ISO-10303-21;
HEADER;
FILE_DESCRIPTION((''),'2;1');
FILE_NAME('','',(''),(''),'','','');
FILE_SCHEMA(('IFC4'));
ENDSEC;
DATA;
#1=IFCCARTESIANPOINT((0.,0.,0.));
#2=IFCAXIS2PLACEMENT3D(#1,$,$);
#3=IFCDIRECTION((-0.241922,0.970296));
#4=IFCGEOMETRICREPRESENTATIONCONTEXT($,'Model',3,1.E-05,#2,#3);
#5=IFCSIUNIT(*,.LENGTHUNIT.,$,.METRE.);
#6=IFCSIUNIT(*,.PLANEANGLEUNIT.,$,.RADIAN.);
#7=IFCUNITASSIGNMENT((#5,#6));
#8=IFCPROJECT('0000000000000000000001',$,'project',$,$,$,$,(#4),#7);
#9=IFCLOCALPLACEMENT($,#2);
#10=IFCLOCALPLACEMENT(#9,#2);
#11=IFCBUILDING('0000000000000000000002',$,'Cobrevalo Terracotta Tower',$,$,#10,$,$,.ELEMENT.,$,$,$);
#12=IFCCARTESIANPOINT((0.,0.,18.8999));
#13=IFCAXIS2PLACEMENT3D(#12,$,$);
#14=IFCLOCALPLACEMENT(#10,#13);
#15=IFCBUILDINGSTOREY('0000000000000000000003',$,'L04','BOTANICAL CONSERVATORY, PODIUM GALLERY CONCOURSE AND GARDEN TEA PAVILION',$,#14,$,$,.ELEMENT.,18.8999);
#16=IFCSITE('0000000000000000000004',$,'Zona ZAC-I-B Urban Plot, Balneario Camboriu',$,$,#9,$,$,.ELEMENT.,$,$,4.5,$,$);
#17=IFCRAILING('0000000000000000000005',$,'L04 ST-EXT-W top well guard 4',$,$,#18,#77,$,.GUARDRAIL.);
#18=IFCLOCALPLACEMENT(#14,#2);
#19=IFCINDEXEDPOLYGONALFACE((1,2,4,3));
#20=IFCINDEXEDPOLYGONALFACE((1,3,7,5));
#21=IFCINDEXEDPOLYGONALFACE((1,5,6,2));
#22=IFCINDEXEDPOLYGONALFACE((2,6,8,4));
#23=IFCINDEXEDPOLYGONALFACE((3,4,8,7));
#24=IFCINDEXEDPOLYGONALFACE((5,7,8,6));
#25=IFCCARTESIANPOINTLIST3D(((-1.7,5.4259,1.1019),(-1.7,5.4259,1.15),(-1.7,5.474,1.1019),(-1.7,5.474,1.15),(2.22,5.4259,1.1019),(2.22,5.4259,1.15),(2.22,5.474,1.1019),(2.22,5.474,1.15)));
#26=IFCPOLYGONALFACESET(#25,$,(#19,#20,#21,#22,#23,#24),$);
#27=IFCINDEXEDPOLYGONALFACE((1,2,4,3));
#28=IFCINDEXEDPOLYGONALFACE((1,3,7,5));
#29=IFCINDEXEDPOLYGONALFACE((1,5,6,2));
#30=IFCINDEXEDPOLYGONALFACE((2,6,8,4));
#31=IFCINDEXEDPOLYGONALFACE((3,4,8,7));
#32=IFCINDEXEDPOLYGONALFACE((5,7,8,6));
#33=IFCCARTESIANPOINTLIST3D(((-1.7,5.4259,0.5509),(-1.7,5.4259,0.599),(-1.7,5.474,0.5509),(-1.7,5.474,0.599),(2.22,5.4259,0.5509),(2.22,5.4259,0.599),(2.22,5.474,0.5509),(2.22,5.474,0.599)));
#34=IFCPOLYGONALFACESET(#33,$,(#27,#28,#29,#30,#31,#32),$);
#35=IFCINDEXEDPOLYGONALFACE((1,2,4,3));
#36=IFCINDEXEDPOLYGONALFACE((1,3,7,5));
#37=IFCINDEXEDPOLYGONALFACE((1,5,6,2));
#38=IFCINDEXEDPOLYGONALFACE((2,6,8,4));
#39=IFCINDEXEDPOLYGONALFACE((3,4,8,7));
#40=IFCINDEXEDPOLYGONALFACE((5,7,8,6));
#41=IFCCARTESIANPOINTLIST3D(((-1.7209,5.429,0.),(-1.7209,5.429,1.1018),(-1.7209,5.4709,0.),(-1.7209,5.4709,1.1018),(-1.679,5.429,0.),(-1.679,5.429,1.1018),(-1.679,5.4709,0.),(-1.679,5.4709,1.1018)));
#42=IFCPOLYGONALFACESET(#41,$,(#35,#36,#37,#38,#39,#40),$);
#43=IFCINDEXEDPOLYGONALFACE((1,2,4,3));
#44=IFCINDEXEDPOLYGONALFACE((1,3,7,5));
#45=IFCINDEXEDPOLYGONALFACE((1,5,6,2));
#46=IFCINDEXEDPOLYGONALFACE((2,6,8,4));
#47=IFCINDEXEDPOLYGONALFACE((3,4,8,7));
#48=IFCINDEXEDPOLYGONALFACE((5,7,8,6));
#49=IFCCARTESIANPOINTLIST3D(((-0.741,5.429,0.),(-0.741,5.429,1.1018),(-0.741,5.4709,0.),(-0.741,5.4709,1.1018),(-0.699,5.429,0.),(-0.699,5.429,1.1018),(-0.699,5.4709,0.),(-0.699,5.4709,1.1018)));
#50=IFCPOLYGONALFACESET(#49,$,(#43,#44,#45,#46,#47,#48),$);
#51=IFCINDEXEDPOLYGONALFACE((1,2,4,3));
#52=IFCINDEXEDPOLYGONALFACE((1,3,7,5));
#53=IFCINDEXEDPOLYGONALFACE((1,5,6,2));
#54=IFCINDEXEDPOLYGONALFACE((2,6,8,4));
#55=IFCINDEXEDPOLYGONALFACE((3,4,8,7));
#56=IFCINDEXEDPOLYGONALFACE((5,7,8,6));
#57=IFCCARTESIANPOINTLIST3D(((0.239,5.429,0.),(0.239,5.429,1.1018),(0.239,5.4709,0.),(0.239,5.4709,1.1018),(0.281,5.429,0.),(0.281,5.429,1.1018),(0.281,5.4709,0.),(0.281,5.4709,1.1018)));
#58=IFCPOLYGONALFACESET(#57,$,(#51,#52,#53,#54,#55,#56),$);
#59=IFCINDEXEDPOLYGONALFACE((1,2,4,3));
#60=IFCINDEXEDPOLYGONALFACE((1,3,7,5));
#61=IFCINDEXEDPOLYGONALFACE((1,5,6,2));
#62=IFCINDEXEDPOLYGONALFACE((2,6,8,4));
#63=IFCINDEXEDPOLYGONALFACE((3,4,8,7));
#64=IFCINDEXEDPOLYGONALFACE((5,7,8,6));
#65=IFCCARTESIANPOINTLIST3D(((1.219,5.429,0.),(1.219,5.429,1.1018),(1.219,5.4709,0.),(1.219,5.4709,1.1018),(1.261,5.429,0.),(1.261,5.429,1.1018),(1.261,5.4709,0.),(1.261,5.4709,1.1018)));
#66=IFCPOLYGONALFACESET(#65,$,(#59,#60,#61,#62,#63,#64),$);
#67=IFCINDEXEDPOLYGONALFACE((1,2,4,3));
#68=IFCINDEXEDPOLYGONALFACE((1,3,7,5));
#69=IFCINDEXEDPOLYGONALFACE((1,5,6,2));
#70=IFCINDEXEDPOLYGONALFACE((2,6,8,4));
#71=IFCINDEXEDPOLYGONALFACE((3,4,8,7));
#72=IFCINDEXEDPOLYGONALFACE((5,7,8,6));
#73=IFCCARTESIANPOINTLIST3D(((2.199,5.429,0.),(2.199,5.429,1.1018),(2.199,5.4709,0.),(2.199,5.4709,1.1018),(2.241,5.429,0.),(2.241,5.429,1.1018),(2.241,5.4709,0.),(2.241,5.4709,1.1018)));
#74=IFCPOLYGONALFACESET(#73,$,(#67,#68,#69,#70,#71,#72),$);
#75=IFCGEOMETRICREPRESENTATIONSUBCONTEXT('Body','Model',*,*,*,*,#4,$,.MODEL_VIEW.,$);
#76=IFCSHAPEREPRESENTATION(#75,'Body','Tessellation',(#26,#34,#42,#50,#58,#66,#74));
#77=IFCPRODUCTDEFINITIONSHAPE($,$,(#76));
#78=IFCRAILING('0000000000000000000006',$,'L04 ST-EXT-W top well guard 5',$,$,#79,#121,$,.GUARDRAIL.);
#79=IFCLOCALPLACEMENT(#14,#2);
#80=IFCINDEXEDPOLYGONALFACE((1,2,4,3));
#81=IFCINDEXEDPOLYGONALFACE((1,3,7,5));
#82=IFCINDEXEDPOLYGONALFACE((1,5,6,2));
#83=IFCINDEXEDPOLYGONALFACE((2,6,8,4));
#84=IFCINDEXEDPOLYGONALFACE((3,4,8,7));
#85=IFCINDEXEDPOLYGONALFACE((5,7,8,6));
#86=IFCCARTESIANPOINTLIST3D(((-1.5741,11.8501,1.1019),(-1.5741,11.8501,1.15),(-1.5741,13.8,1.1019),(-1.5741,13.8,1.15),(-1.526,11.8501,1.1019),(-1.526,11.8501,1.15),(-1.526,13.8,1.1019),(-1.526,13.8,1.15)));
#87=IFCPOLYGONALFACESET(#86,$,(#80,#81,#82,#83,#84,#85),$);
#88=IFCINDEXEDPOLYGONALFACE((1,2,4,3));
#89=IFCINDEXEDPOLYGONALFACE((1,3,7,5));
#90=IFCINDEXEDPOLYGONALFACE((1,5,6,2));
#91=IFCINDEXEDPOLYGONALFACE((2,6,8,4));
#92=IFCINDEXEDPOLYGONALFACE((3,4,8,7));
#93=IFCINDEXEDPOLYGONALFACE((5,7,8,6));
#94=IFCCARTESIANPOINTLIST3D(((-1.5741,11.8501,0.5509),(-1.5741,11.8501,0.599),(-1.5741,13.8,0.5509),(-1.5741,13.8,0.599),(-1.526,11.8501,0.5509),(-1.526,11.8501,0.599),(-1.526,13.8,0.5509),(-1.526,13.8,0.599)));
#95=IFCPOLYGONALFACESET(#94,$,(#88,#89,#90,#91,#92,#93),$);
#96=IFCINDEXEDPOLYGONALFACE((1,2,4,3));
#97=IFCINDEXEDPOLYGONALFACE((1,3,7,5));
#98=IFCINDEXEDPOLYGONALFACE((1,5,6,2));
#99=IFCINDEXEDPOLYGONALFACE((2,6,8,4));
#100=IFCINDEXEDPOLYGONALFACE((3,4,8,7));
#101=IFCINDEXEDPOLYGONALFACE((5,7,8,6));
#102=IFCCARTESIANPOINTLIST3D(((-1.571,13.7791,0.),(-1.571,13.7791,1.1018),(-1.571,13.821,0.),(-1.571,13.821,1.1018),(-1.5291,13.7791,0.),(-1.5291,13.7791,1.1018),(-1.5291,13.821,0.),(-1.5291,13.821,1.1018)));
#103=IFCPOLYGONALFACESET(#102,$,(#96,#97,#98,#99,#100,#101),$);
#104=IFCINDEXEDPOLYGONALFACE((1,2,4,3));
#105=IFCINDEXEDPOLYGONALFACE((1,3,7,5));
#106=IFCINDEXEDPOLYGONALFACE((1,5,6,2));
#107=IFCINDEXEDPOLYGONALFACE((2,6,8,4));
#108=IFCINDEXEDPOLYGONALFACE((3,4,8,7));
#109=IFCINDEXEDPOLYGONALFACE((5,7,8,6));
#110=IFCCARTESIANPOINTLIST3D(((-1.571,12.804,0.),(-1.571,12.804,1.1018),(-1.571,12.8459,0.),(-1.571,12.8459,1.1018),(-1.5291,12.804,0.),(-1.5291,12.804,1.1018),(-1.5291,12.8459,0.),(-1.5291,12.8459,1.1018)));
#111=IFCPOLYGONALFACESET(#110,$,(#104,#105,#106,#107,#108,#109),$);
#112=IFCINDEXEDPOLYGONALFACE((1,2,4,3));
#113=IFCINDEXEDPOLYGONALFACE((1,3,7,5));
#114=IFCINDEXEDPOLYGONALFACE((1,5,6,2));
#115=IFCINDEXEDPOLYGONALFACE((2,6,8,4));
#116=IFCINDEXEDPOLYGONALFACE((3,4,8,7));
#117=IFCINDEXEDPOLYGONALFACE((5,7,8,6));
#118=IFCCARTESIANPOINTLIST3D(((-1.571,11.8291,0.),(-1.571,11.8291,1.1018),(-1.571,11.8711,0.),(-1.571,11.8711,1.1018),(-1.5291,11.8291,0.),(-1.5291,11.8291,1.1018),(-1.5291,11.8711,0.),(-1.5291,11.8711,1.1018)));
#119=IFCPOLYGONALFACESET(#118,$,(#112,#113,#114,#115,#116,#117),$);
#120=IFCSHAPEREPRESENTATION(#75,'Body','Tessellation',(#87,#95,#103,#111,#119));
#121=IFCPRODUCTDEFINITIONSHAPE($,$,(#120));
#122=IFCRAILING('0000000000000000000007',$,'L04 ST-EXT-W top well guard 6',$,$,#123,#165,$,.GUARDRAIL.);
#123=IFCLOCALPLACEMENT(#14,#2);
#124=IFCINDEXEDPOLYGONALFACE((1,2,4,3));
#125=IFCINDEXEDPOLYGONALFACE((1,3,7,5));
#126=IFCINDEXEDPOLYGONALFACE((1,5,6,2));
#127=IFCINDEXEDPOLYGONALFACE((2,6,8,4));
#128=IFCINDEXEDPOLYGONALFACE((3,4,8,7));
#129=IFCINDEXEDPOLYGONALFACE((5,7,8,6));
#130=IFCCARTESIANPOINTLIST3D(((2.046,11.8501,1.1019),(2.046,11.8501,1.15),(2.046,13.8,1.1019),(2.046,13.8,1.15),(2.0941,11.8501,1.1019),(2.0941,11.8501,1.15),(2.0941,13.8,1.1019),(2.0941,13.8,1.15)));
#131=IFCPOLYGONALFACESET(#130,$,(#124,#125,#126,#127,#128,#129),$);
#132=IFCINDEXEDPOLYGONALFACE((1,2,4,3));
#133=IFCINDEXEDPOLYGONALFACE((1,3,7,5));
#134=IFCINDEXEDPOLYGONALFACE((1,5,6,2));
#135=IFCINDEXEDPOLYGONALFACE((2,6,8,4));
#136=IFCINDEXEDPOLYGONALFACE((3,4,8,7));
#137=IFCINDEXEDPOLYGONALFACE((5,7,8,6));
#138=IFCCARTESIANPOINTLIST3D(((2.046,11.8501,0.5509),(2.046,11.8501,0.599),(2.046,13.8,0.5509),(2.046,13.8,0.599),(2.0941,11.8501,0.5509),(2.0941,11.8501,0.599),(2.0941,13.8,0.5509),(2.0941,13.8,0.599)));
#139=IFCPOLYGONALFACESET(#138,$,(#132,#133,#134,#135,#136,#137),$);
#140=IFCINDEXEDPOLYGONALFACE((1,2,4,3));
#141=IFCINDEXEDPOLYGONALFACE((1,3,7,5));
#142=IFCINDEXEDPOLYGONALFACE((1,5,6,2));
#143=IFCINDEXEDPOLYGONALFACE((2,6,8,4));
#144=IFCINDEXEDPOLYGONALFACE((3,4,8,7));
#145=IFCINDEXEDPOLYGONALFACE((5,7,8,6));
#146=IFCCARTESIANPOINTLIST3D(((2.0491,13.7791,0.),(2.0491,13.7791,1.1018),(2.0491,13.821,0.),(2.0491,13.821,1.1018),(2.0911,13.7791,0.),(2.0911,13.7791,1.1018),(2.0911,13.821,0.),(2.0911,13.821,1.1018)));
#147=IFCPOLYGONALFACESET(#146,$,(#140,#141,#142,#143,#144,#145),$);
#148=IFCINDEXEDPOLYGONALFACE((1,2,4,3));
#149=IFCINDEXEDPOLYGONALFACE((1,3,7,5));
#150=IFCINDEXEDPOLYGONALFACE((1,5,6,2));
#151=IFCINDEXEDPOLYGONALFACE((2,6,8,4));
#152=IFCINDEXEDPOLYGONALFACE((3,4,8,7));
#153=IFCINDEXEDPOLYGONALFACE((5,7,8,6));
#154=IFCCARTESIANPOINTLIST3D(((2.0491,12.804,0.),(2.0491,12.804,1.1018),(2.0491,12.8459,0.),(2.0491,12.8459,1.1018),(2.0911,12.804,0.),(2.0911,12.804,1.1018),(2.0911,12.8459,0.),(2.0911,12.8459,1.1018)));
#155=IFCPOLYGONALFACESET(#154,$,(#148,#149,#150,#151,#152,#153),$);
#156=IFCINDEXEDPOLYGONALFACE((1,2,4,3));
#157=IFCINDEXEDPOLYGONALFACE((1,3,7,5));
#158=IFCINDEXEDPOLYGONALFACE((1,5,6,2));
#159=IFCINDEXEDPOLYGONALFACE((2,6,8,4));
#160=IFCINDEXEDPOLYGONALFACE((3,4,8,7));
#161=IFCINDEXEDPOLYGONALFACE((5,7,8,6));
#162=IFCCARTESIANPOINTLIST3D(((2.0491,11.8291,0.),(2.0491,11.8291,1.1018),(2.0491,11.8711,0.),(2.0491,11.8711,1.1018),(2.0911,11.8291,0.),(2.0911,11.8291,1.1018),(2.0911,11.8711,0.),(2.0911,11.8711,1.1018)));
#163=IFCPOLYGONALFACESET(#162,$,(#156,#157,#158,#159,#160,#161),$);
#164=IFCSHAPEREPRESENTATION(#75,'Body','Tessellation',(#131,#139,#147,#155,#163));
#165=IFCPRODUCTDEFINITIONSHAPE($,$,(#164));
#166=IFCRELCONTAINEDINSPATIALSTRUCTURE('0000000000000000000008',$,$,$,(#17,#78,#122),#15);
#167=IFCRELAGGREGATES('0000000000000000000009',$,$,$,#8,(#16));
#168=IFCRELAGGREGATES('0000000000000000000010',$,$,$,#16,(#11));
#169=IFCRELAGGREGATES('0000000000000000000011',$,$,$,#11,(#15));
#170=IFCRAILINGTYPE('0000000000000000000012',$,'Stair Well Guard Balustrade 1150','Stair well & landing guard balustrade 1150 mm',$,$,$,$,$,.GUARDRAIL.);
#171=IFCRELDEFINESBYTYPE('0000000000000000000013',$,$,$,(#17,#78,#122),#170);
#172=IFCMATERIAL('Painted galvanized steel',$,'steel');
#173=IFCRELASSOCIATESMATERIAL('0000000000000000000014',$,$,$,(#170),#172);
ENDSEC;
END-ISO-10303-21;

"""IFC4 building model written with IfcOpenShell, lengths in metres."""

from ifc_helpers import new_model, si_unit, direction, frame, origin, origin_2d, place, context, subcontext, project, spatial, rectangle, extrude, material, type_object, element, save


model = new_model("IFC4")

# Units and contexts
model_context = context("Model", 3, precision=1e-05, world=origin(), true_north=direction((-0.241922, 0.970296)))
body_context = subcontext(model_context, "Body", "Model", "MODEL_VIEW")
ifc_project = project(units=[si_unit("LENGTHUNIT", "METRE"), si_unit("PLANEANGLEUNIT", "RADIAN")], contexts=[model_context])

# Site, building, storey
site_placement = place(None, origin())
site = spatial("IfcSite", under=ifc_project, at=site_placement, Name="Zona ZAC-I-B Urban Plot, Balneario Camboriu", CompositionType="ELEMENT", RefElevation=4.5)
building_placement = place(site_placement, origin())
building = spatial("IfcBuilding", under=site, at=building_placement, Name="Cobrevalo Terracotta Tower", CompositionType="ELEMENT")
storey_placement = place(building_placement, frame((0.0, 0.0, 18.8999)))
storey = spatial("IfcBuildingStorey", under=building, at=storey_placement, Name="L04", Description="BOTANICAL CONSERVATORY, PODIUM GALLERY CONCOURSE AND GARDEN TEA PAVILION", CompositionType="ELEMENT", Elevation=18.8999)

# Railings
ifc_material_1 = material(Name="Painted galvanized steel", Category="steel")
railing_type_1 = type_object("IfcRailingType", Name="Stair Well Guard Balustrade 1150", Description="Stair well & landing guard balustrade 1150 mm", PredefinedType="GUARDRAIL", material=ifc_material_1)
railing_1_placement = place(storey_placement, frame((-1.7, 5.45, 0.0)))
element("IfcRailing", 1, at=railing_1_placement, inside=storey, type_object=railing_type_1, Name="L04 ST-EXT-W top well guard 4", PredefinedType="GUARDRAIL", context=body_context, shape_type="SweptSolid", body=[
    extrude(rectangle(XDim=0.0481, YDim=0.0481, at=origin_2d()), frame((0.0, 0.0, 1.126), z_axis=(1.0, 0.0, 0.0), x_axis=(0.0, 1.0, 0.0)), (0.0, 0.0, 1.0), 3.9199),
    extrude(rectangle(XDim=0.0481, YDim=0.0481, at=origin_2d()), frame((0.0, 0.0, 0.575), z_axis=(1.0, 0.0, 0.0), x_axis=(0.0, 1.0, 0.0)), (0.0, 0.0, 1.0), 3.9199),
    extrude(rectangle(XDim=0.042, YDim=0.042, at=origin_2d()), origin(), (0.0, 0.0, 1.0), 1.1018),
    extrude(rectangle(XDim=0.042, YDim=0.042, at=origin_2d()), frame((0.98, 0.0, 0.0)), (0.0, 0.0, 1.0), 1.1018),
    extrude(rectangle(XDim=0.042, YDim=0.042, at=origin_2d()), frame((1.96, 0.0, 0.0)), (0.0, 0.0, 1.0), 1.1018),
    extrude(rectangle(XDim=0.042, YDim=0.042, at=origin_2d()), frame((2.9399, 0.0, 0.0)), (0.0, 0.0, 1.0), 1.1018),
    extrude(rectangle(XDim=0.042, YDim=0.042, at=origin_2d()), frame((3.9199, 0.0, 0.0)), (0.0, 0.0, 1.0), 1.1018),
])
for number, where, name in (
    (2, (-1.55, 13.8, 0.0), "L04 ST-EXT-W top well guard 5"),
    (3, (2.0701, 13.8, 0.0), "L04 ST-EXT-W top well guard 6"),
):
    element("IfcRailing", number, at=place(storey_placement, frame(where)), inside=storey, type_object=railing_type_1, Name=name, PredefinedType="GUARDRAIL", context=body_context, shape_type="SweptSolid", body=[
        extrude(rectangle(XDim=0.0481, YDim=0.0481, at=origin_2d()), frame((0.0, 0.0, 1.126), z_axis=(0.0, -1.0, 0.0), x_axis=(1.0, 0.0, 0.0)), (0.0, 0.0, 1.0), 1.95),
        extrude(rectangle(XDim=0.0481, YDim=0.0481, at=origin_2d()), frame((0.0, 0.0, 0.575), z_axis=(0.0, -1.0, 0.0), x_axis=(1.0, 0.0, 0.0)), (0.0, 0.0, 1.0), 1.95),
        extrude(rectangle(XDim=0.042, YDim=0.042, at=origin_2d()), origin(), (0.0, 0.0, 1.0), 1.1018),
        extrude(rectangle(XDim=0.042, YDim=0.042, at=origin_2d()), frame((0.0, -0.9751, 0.0)), (0.0, 0.0, 1.0), 1.1018),
        extrude(rectangle(XDim=0.042, YDim=0.042, at=origin_2d()), frame((0.0, -1.95, 0.0)), (0.0, 0.0, 1.0), 1.1018),
    ])

save(model, "model.ifc")
